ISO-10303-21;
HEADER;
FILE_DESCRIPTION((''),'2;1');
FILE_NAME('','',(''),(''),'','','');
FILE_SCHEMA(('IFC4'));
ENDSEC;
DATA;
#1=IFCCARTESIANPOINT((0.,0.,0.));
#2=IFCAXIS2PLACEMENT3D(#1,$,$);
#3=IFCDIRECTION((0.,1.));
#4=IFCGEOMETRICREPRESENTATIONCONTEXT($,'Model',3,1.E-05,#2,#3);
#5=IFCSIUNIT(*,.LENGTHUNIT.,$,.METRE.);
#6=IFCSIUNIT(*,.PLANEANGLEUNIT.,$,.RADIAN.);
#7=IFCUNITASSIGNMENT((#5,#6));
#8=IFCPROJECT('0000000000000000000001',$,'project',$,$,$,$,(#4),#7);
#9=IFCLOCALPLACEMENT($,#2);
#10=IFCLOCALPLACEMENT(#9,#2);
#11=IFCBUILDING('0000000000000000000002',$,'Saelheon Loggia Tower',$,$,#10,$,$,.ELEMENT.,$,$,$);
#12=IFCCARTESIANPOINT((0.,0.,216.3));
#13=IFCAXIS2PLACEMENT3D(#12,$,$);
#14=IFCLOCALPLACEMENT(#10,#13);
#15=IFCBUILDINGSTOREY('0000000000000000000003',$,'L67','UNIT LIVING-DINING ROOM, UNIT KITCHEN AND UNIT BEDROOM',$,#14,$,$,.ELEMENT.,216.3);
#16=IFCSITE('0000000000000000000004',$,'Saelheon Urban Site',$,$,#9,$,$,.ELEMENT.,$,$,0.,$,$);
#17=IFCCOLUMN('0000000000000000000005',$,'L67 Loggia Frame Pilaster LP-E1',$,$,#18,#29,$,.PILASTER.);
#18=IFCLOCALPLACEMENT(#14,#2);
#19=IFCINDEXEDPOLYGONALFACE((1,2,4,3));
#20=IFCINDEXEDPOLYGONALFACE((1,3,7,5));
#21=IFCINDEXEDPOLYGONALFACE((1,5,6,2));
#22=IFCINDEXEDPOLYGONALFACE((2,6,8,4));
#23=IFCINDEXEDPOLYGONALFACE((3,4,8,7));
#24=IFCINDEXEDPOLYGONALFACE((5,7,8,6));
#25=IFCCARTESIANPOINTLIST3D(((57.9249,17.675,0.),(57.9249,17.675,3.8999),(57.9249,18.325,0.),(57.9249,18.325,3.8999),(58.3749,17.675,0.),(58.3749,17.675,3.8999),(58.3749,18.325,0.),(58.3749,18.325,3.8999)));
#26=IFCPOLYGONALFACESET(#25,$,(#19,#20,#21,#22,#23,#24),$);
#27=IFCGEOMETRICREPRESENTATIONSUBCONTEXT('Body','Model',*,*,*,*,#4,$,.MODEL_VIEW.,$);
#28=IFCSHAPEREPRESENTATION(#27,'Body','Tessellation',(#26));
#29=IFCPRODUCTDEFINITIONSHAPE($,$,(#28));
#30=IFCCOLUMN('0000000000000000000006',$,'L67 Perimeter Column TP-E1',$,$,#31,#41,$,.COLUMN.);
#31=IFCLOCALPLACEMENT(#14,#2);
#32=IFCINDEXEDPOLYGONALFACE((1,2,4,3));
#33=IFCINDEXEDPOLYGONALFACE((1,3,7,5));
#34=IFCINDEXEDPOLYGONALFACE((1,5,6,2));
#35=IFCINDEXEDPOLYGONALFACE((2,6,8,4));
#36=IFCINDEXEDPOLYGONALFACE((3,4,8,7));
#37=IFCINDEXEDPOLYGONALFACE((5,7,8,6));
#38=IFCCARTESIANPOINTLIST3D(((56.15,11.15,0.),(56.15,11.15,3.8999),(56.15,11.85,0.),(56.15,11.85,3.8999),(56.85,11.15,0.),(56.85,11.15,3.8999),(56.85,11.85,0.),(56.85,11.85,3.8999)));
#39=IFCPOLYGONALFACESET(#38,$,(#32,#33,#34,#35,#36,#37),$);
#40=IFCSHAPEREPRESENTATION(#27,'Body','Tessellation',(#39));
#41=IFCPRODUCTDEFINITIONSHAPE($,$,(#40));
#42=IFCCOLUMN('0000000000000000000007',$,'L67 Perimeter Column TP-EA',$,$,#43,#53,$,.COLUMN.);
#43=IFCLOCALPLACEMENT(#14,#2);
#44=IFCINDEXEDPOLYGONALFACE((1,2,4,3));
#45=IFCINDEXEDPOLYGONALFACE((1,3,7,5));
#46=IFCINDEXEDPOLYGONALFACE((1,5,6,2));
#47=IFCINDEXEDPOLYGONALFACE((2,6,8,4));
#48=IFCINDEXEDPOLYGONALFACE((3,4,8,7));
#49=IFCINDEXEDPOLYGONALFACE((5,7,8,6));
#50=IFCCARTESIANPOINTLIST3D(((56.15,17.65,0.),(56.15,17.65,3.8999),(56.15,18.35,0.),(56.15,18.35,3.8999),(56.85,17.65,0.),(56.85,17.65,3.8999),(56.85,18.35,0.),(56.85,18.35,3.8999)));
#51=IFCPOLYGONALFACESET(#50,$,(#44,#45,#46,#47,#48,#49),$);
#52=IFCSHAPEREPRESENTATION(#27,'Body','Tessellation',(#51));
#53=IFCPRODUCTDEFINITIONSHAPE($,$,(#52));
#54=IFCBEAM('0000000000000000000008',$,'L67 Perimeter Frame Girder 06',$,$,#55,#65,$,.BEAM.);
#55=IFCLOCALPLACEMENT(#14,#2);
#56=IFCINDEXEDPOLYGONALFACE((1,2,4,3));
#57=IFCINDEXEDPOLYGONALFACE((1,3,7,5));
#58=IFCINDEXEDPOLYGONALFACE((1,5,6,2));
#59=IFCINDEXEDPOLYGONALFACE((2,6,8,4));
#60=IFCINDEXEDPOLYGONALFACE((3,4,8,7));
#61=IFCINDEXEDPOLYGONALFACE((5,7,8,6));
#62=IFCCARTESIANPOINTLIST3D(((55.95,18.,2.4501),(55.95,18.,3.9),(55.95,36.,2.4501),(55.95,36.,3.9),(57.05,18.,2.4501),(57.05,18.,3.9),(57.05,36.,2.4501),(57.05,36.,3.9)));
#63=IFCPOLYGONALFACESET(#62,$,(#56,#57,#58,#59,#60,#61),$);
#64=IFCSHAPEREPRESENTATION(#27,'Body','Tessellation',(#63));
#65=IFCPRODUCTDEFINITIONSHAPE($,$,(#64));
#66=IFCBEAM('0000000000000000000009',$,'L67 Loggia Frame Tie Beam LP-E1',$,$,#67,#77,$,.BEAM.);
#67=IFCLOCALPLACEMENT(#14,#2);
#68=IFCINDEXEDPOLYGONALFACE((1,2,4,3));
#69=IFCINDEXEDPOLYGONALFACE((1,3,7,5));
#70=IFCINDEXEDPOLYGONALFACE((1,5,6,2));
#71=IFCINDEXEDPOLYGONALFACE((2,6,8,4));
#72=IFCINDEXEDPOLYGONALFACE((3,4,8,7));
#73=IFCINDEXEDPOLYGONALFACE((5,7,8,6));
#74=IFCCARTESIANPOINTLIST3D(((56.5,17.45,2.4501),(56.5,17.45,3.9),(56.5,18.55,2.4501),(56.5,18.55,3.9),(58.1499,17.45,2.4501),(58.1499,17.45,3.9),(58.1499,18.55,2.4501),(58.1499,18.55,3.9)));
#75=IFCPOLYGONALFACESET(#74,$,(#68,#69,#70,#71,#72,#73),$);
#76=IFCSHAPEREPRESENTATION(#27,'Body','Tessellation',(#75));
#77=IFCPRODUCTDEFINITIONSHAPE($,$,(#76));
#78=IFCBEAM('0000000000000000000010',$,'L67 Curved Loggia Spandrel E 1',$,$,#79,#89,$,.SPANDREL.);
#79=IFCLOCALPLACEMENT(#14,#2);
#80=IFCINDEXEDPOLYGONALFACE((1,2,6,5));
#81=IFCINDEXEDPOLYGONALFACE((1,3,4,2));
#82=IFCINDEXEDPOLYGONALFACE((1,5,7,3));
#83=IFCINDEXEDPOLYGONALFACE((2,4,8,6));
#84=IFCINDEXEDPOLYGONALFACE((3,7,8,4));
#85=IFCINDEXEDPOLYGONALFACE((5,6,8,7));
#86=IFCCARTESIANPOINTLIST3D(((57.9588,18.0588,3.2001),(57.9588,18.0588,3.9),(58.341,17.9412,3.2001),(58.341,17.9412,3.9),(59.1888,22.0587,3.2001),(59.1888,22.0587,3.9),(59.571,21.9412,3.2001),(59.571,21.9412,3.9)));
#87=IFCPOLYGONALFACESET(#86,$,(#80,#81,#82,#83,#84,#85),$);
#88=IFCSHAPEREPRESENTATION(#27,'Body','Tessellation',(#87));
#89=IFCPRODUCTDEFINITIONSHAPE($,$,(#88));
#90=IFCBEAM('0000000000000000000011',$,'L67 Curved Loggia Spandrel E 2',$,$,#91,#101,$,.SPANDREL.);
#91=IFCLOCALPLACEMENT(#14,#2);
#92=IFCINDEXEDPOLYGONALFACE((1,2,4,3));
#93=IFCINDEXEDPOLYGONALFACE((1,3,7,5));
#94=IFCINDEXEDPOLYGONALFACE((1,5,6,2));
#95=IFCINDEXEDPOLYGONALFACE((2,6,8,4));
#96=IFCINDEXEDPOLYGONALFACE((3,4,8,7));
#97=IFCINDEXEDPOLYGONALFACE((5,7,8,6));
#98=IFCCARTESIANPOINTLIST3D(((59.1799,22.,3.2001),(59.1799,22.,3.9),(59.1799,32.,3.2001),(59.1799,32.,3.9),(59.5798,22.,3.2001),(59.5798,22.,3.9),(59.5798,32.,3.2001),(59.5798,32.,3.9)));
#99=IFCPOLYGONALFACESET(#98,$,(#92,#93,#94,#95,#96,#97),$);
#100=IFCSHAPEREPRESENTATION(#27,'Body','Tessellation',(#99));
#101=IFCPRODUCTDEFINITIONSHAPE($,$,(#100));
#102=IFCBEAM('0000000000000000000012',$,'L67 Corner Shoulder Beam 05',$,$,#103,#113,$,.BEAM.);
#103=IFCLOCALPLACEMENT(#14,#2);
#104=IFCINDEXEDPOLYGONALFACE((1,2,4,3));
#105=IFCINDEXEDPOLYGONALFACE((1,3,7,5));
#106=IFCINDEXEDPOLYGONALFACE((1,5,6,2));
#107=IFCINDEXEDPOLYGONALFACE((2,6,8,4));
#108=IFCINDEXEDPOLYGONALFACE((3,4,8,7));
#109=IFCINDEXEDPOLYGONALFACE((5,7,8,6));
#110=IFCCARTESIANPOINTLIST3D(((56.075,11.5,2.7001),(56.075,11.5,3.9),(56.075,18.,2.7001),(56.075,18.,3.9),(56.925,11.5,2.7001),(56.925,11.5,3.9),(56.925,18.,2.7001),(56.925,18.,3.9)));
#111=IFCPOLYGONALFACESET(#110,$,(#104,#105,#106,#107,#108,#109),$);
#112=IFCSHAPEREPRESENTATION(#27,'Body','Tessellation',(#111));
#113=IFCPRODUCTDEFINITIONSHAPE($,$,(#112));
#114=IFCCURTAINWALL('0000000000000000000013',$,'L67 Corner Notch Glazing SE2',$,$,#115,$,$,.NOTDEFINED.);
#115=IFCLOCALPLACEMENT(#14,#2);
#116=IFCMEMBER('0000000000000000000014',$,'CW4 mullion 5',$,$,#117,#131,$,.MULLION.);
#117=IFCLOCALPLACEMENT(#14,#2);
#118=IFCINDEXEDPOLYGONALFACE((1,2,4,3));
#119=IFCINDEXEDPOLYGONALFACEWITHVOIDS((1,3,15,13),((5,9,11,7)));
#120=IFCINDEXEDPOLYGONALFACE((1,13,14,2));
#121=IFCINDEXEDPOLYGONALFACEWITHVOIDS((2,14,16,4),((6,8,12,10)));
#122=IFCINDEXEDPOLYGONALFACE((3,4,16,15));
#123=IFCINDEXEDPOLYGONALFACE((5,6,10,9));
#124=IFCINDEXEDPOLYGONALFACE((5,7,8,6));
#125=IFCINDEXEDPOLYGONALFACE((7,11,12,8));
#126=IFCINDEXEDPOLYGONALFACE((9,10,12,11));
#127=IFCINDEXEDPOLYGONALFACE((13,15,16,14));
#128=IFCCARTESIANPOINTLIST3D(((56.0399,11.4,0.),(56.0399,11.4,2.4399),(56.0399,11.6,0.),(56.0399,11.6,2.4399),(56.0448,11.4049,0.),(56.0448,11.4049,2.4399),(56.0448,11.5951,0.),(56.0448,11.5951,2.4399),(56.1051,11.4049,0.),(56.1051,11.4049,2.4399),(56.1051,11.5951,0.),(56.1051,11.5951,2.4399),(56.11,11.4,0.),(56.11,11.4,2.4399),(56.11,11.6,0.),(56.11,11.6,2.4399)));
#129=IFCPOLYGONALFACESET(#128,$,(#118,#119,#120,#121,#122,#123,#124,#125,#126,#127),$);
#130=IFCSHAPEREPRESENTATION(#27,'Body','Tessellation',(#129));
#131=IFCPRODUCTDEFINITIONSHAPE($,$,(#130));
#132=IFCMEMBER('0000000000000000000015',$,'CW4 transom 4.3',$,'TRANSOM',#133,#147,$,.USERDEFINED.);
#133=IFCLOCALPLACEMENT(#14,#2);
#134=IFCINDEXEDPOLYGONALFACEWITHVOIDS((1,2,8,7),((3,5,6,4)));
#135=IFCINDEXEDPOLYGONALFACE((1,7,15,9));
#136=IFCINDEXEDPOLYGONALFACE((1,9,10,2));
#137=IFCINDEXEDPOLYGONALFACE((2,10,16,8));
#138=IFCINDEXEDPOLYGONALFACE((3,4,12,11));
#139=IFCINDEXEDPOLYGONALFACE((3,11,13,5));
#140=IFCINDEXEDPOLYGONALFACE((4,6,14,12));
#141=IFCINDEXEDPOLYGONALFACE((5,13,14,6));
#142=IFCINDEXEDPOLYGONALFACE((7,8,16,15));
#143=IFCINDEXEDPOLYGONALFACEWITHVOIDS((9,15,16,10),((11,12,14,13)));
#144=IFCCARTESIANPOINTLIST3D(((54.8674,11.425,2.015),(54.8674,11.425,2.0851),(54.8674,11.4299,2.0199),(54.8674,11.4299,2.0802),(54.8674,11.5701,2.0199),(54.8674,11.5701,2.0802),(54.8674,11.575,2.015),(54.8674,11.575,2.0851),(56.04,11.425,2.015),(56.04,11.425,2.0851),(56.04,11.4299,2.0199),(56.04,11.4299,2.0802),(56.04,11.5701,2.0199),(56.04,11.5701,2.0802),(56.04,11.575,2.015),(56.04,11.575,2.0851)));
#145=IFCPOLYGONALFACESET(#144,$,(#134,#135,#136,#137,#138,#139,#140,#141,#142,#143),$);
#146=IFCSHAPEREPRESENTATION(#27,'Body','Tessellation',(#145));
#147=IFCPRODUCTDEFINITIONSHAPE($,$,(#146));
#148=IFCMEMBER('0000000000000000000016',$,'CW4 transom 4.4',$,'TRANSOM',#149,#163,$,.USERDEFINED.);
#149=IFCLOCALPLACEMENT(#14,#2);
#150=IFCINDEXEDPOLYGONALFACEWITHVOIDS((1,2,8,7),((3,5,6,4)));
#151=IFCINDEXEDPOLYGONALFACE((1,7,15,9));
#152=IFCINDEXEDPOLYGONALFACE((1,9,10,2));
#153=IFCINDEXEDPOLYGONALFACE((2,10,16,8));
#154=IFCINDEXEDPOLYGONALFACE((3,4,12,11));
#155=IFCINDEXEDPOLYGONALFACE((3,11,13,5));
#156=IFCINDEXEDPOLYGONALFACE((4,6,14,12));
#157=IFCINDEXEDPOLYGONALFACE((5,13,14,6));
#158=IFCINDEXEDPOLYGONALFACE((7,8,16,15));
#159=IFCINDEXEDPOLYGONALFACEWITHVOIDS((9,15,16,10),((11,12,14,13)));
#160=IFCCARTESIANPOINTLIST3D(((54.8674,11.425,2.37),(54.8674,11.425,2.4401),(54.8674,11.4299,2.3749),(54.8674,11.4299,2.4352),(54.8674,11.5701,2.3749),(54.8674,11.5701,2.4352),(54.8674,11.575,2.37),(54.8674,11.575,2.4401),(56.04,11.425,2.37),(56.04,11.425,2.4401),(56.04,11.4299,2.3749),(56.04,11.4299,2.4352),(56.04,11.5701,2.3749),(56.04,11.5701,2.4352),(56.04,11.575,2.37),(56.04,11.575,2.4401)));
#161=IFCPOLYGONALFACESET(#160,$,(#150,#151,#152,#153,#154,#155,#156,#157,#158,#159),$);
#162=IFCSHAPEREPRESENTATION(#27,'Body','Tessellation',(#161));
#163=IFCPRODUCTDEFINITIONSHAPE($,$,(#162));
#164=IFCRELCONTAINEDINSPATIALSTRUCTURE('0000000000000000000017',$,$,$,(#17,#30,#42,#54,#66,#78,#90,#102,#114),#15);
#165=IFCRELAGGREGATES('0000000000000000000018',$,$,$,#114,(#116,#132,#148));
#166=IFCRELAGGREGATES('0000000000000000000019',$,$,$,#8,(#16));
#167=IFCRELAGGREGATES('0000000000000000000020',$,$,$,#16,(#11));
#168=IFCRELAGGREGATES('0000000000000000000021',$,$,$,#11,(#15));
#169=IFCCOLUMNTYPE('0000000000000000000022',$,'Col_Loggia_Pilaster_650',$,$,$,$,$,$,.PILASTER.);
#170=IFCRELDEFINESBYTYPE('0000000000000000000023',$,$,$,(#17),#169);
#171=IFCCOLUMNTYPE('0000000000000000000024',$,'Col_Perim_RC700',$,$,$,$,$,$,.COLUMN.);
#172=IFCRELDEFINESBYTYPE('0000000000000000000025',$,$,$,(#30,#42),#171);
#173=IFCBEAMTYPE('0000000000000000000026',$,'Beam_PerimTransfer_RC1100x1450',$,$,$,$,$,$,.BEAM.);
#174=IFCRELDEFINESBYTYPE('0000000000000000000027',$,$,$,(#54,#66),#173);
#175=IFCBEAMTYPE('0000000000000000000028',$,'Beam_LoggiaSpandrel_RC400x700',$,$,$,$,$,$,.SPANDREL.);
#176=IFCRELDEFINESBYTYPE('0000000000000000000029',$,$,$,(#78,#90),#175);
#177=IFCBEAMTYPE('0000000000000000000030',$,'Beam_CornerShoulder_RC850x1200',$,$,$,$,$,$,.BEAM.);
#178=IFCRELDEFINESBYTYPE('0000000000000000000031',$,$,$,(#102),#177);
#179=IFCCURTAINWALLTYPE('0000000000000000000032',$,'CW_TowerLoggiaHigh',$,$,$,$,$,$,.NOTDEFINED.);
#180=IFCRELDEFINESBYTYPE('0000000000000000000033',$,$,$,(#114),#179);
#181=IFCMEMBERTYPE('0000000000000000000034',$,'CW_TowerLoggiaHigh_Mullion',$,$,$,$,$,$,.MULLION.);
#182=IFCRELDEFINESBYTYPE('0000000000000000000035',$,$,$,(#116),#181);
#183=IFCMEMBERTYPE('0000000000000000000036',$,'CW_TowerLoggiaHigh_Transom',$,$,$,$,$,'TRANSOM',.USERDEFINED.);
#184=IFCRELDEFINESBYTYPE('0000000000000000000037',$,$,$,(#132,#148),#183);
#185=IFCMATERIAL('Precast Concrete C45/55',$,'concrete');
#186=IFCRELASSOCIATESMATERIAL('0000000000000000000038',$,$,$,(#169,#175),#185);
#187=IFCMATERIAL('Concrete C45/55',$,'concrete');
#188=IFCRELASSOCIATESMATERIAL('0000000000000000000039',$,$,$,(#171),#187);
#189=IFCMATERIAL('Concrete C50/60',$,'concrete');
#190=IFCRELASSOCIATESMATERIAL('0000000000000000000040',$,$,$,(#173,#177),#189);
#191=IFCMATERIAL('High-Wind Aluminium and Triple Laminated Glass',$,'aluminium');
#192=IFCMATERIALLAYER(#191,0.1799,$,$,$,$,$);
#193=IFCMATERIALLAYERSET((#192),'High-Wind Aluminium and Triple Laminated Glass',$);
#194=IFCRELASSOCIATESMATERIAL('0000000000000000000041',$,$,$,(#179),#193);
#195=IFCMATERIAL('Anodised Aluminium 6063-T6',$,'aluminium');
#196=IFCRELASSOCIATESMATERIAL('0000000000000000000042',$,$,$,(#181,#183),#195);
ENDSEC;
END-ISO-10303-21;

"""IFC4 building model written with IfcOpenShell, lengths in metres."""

from ifc_helpers import new_model, si_unit, direction, frame, origin, origin_2d, place, context, subcontext, project, spatial, rectangle, hollow_rectangle, extrude, source, transform, mapped, material, layer, layer_set, material_profile, profile_set, type_object, element, aggregate, save


model = new_model("IFC4")

# Units and contexts
model_context = context("Model", 3, precision=1e-05, world=origin(), true_north=direction((0.0, 1.0)))
body_context = subcontext(model_context, "Body", "Model", "MODEL_VIEW")
ifc_project = project(units=[si_unit("LENGTHUNIT", "METRE"), si_unit("PLANEANGLEUNIT", "RADIAN")], contexts=[model_context])

# Site, building, storey
site_placement = place(None, origin())
site = spatial("IfcSite", under=ifc_project, at=site_placement, Name="Saelheon Urban Site", CompositionType="ELEMENT", RefElevation=0.0)
building_placement = place(site_placement, origin())
building = spatial("IfcBuilding", under=site, at=building_placement, Name="Saelheon Loggia Tower", CompositionType="ELEMENT")
storey_placement = place(building_placement, frame((0.0, 0.0, 216.3)))
storey = spatial("IfcBuildingStorey", under=building, at=storey_placement, Name="L67", Description="UNIT LIVING-DINING ROOM, UNIT KITCHEN AND UNIT BEDROOM", CompositionType="ELEMENT", Elevation=216.3)

# Columns
ifc_material_1 = material(Name="Precast Concrete C45/55", Category="concrete")
ifc_material_profile_1 = material_profile(ifc_material_1, rectangle(XDim=0.45, YDim=0.6499, at=origin_2d()), Name="RC-450x650")
ifc_profile_set_1 = profile_set([ifc_material_profile_1], Name="Precast Concrete C45/55")
column_type_1 = type_object("IfcColumnType", Name="Col_Loggia_Pilaster_650", PredefinedType="PILASTER", material=ifc_profile_set_1)
shared_shape_1 = source(origin(), body_context, "Body", "SweptSolid", [
    extrude(rectangle(XDim=0.45, YDim=0.6499, at=origin_2d()), origin(), (0.0, 0.0, 1.0), 3.8999),
])
column_placement = place(storey_placement, frame((58.1499, 18.0, 0.0), z_axis=(0.0, 0.0, 1.0), x_axis=(1.0, 0.0, 0.0)))
element("IfcColumn", 1, at=column_placement, inside=storey, type_object=column_type_1, Name="L67 Loggia Frame Pilaster LP-E1", PredefinedType="PILASTER", context=body_context, shape_type="MappedRepresentation", body=[
    mapped(shared_shape_1, transform((0.0, 0.0, 0.0), scale=1.0)),
])
ifc_material_2 = material(Name="Concrete C45/55", Category="concrete")
ifc_material_profile_2 = material_profile(ifc_material_2, rectangle(XDim=0.7, YDim=0.7, at=origin_2d()), Name="RC-700x700")
ifc_profile_set_2 = profile_set([ifc_material_profile_2], Name="Concrete C45/55")
column_type_2 = type_object("IfcColumnType", Name="Col_Perim_RC700", PredefinedType="COLUMN", material=ifc_profile_set_2)
shared_shape_2 = source(origin(), body_context, "Body", "SweptSolid", [
    extrude(rectangle(XDim=0.7, YDim=0.7, at=origin_2d()), origin(), (0.0, 0.0, 1.0), 3.8999),
])
for number, where, z_axis, x_axis, name in (
    (2, (56.5, 11.5, 0.0), (0.0, 0.0, 1.0), (1.0, 0.0, 0.0), "L67 Perimeter Column TP-E1"),
    (3, (56.5, 18.0, 0.0), (0.0, 0.0, 1.0), (1.0, 0.0, 0.0), "L67 Perimeter Column TP-EA"),
):
    element("IfcColumn", number, at=place(storey_placement, frame(where, z_axis=z_axis, x_axis=x_axis)), inside=storey, type_object=column_type_2, Name=name, PredefinedType="COLUMN", context=body_context, shape_type="MappedRepresentation", body=[
        mapped(shared_shape_2, transform((0.0, 0.0, 0.0), scale=1.0)),
    ])

# Beams
ifc_material_3 = material(Name="Concrete C50/60", Category="concrete")
ifc_material_profile_3 = material_profile(ifc_material_3, rectangle(XDim=1.1001, YDim=1.45, at=origin_2d()), Name="RC-1100x1450")
ifc_profile_set_3 = profile_set([ifc_material_profile_3], Name="Concrete C50/60")
beam_type_1 = type_object("IfcBeamType", Name="Beam_PerimTransfer_RC1100x1450", PredefinedType="BEAM", material=ifc_profile_set_3)
shared_shape_3 = source(origin(), body_context, "Body", "SweptSolid", [
    extrude(rectangle(XDim=1.1001, YDim=1.45, at=origin_2d()), origin(), (0.0, 0.0, 1.0), 18.0),
])
beam_1_placement = place(storey_placement, frame((56.5, 18.0, 3.175), z_axis=(0.0, 1.0, 0.0), x_axis=(-1.0, 0.0, 0.0)))
element("IfcBeam", 4, at=beam_1_placement, inside=storey, type_object=beam_type_1, Name="L67 Perimeter Frame Girder 06", PredefinedType="BEAM", context=body_context, shape_type="MappedRepresentation", body=[
    mapped(shared_shape_3, transform((0.0, 0.0, 0.0), scale=1.0)),
])
shared_shape_4 = source(origin(), body_context, "Body", "SweptSolid", [
    extrude(rectangle(XDim=1.1001, YDim=1.45, at=origin_2d()), origin(), (0.0, 0.0, 1.0), 1.6499),
])
beam_2_placement = place(storey_placement, frame((56.5, 18.0, 3.175), z_axis=(1.0, 0.0, 0.0), x_axis=(0.0, 1.0, 0.0)))
element("IfcBeam", 5, at=beam_2_placement, inside=storey, type_object=beam_type_1, Name="L67 Loggia Frame Tie Beam LP-E1", PredefinedType="BEAM", context=body_context, shape_type="MappedRepresentation", body=[
    mapped(shared_shape_4, transform((0.0, 0.0, 0.0), scale=1.0)),
])
ifc_material_profile_4 = material_profile(ifc_material_1, rectangle(XDim=0.3999, YDim=0.7, at=origin_2d()), Name="RC-400x700")
ifc_profile_set_4 = profile_set([ifc_material_profile_4], Name="Precast Concrete C45/55")
beam_type_2 = type_object("IfcBeamType", Name="Beam_LoggiaSpandrel_RC400x700", PredefinedType="SPANDREL", material=ifc_profile_set_4)
shared_shape_5 = source(origin(), body_context, "Body", "SweptSolid", [
    extrude(rectangle(XDim=0.3999, YDim=0.7, at=origin_2d()), origin(), (0.0, 0.0, 1.0), 4.1848),
])
beam_3_placement = place(storey_placement, frame((58.1499, 18.0, 3.55), z_axis=(0.293914, 0.955832, 0.0), x_axis=(-0.955832, 0.293914, 0.0)))
element("IfcBeam", 6, at=beam_3_placement, inside=storey, type_object=beam_type_2, Name="L67 Curved Loggia Spandrel E 1", PredefinedType="SPANDREL", context=body_context, shape_type="MappedRepresentation", body=[
    mapped(shared_shape_5, transform((0.0, 0.0, 0.0), scale=1.0)),
])
shared_shape_6 = source(origin(), body_context, "Body", "SweptSolid", [
    extrude(rectangle(XDim=0.3999, YDim=0.7, at=origin_2d()), origin(), (0.0, 0.0, 1.0), 10.0),
])
beam_4_placement = place(storey_placement, frame((59.3799, 22.0, 3.55), z_axis=(0.0, 1.0, 0.0), x_axis=(-1.0, 0.0, 0.0)))
element("IfcBeam", 7, at=beam_4_placement, inside=storey, type_object=beam_type_2, Name="L67 Curved Loggia Spandrel E 2", PredefinedType="SPANDREL", context=body_context, shape_type="MappedRepresentation", body=[
    mapped(shared_shape_6, transform((0.0, 0.0, 0.0), scale=1.0)),
])
ifc_material_profile_5 = material_profile(ifc_material_3, rectangle(XDim=0.8501, YDim=1.2, at=origin_2d()), Name="RC-850x1200")
ifc_profile_set_5 = profile_set([ifc_material_profile_5], Name="Concrete C50/60")
beam_type_3 = type_object("IfcBeamType", Name="Beam_CornerShoulder_RC850x1200", PredefinedType="BEAM", material=ifc_profile_set_5)
shared_shape_7 = source(origin(), body_context, "Body", "SweptSolid", [
    extrude(rectangle(XDim=0.8501, YDim=1.2, at=origin_2d()), origin(), (0.0, 0.0, 1.0), 6.5),
])
beam_5_placement = place(storey_placement, frame((56.5, 11.5, 3.3), z_axis=(0.0, 1.0, 0.0), x_axis=(-1.0, 0.0, 0.0)))
element("IfcBeam", 8, at=beam_5_placement, inside=storey, type_object=beam_type_3, Name="L67 Corner Shoulder Beam 05", PredefinedType="BEAM", context=body_context, shape_type="MappedRepresentation", body=[
    mapped(shared_shape_7, transform((0.0, 0.0, 0.0), scale=1.0)),
])

# Curtain wall, members
ifc_material_4 = material(Name="High-Wind Aluminium and Triple Laminated Glass", Category="aluminium")
ifc_layer_1 = layer(ifc_material_4, 0.1799)
ifc_layer_set_1 = layer_set([ifc_layer_1], Name="High-Wind Aluminium and Triple Laminated Glass")
curtain_wall_type = type_object("IfcCurtainWallType", Name="CW_TowerLoggiaHigh", PredefinedType="NOTDEFINED", material=ifc_layer_set_1)
curtain_wall_placement = place(storey_placement, origin())
curtain_wall = element("IfcCurtainWall", 9, at=curtain_wall_placement, inside=storey, type_object=curtain_wall_type, Name="L67 Corner Notch Glazing SE2", PredefinedType="NOTDEFINED")
ifc_material_5 = material(Name="Anodised Aluminium 6063-T6", Category="aluminium")
ifc_material_profile_6 = material_profile(ifc_material_5, hollow_rectangle(XDim=0.0701, YDim=0.2, WallThickness=0.0049, at=origin_2d()), Name="RHS-200x70x5")
ifc_profile_set_6 = profile_set([ifc_material_profile_6], Name="Anodised Aluminium 6063-T6")
member_type_1 = type_object("IfcMemberType", Name="CW_TowerLoggiaHigh_Mullion", PredefinedType="MULLION", material=ifc_profile_set_6)
shared_shape_8 = source(origin(), body_context, "Body", "SweptSolid", [
    extrude(hollow_rectangle(XDim=0.0701, YDim=0.2, WallThickness=0.0049, at=origin_2d()), origin(), (0.0, 0.0, 1.0), 2.4399),
])
member_1_placement = place(storey_placement, frame((56.075, 11.5, 0.0), z_axis=(0.0, 0.0, 1.0), x_axis=(1.0, 0.0, 0.0)))
member_1 = element("IfcMember", 10, at=member_1_placement, type_object=member_type_1, Name="CW4 mullion 5", PredefinedType="MULLION", context=body_context, shape_type="MappedRepresentation", body=[
    mapped(shared_shape_8, transform((0.0, 0.0, 0.0), scale=1.0)),
])
ifc_material_profile_7 = material_profile(ifc_material_5, hollow_rectangle(XDim=0.0701, YDim=0.1499, WallThickness=0.0049, at=origin_2d()), Name="RHS-150x70x5")
ifc_profile_set_7 = profile_set([ifc_material_profile_7], Name="Anodised Aluminium 6063-T6")
member_type_2 = type_object("IfcMemberType", Name="CW_TowerLoggiaHigh_Transom", ElementType="TRANSOM", PredefinedType="USERDEFINED", material=ifc_profile_set_7)
shared_shape_9 = source(origin(), body_context, "Body", "SweptSolid", [
    extrude(hollow_rectangle(XDim=0.0701, YDim=0.1499, WallThickness=0.0049, at=origin_2d()), origin(), (0.0, 0.0, 1.0), 1.1726),
])
member_2_placement = place(storey_placement, frame((54.8674, 11.5, 2.05), z_axis=(1.0, 0.0, 0.0), x_axis=(0.0, 0.0, 1.0)))
member_2 = element("IfcMember", 11, at=member_2_placement, type_object=member_type_2, Name="CW4 transom 4.3", ObjectType="TRANSOM", PredefinedType="USERDEFINED", context=body_context, shape_type="MappedRepresentation", body=[
    mapped(shared_shape_9, transform((0.0, 0.0, 0.0), scale=1.0)),
])
member_3_placement = place(storey_placement, frame((54.8674, 11.5, 2.405), z_axis=(1.0, 0.0, 0.0), x_axis=(0.0, 0.0, 1.0)))
member_3 = element("IfcMember", 12, at=member_3_placement, type_object=member_type_2, Name="CW4 transom 4.4", ObjectType="TRANSOM", PredefinedType="USERDEFINED", context=body_context, shape_type="MappedRepresentation", body=[
    mapped(shared_shape_9, transform((0.0, 0.0, 0.0), scale=1.0)),
])
aggregate(curtain_wall, [member_1, member_2, member_3])

save(model, "model.ifc")
